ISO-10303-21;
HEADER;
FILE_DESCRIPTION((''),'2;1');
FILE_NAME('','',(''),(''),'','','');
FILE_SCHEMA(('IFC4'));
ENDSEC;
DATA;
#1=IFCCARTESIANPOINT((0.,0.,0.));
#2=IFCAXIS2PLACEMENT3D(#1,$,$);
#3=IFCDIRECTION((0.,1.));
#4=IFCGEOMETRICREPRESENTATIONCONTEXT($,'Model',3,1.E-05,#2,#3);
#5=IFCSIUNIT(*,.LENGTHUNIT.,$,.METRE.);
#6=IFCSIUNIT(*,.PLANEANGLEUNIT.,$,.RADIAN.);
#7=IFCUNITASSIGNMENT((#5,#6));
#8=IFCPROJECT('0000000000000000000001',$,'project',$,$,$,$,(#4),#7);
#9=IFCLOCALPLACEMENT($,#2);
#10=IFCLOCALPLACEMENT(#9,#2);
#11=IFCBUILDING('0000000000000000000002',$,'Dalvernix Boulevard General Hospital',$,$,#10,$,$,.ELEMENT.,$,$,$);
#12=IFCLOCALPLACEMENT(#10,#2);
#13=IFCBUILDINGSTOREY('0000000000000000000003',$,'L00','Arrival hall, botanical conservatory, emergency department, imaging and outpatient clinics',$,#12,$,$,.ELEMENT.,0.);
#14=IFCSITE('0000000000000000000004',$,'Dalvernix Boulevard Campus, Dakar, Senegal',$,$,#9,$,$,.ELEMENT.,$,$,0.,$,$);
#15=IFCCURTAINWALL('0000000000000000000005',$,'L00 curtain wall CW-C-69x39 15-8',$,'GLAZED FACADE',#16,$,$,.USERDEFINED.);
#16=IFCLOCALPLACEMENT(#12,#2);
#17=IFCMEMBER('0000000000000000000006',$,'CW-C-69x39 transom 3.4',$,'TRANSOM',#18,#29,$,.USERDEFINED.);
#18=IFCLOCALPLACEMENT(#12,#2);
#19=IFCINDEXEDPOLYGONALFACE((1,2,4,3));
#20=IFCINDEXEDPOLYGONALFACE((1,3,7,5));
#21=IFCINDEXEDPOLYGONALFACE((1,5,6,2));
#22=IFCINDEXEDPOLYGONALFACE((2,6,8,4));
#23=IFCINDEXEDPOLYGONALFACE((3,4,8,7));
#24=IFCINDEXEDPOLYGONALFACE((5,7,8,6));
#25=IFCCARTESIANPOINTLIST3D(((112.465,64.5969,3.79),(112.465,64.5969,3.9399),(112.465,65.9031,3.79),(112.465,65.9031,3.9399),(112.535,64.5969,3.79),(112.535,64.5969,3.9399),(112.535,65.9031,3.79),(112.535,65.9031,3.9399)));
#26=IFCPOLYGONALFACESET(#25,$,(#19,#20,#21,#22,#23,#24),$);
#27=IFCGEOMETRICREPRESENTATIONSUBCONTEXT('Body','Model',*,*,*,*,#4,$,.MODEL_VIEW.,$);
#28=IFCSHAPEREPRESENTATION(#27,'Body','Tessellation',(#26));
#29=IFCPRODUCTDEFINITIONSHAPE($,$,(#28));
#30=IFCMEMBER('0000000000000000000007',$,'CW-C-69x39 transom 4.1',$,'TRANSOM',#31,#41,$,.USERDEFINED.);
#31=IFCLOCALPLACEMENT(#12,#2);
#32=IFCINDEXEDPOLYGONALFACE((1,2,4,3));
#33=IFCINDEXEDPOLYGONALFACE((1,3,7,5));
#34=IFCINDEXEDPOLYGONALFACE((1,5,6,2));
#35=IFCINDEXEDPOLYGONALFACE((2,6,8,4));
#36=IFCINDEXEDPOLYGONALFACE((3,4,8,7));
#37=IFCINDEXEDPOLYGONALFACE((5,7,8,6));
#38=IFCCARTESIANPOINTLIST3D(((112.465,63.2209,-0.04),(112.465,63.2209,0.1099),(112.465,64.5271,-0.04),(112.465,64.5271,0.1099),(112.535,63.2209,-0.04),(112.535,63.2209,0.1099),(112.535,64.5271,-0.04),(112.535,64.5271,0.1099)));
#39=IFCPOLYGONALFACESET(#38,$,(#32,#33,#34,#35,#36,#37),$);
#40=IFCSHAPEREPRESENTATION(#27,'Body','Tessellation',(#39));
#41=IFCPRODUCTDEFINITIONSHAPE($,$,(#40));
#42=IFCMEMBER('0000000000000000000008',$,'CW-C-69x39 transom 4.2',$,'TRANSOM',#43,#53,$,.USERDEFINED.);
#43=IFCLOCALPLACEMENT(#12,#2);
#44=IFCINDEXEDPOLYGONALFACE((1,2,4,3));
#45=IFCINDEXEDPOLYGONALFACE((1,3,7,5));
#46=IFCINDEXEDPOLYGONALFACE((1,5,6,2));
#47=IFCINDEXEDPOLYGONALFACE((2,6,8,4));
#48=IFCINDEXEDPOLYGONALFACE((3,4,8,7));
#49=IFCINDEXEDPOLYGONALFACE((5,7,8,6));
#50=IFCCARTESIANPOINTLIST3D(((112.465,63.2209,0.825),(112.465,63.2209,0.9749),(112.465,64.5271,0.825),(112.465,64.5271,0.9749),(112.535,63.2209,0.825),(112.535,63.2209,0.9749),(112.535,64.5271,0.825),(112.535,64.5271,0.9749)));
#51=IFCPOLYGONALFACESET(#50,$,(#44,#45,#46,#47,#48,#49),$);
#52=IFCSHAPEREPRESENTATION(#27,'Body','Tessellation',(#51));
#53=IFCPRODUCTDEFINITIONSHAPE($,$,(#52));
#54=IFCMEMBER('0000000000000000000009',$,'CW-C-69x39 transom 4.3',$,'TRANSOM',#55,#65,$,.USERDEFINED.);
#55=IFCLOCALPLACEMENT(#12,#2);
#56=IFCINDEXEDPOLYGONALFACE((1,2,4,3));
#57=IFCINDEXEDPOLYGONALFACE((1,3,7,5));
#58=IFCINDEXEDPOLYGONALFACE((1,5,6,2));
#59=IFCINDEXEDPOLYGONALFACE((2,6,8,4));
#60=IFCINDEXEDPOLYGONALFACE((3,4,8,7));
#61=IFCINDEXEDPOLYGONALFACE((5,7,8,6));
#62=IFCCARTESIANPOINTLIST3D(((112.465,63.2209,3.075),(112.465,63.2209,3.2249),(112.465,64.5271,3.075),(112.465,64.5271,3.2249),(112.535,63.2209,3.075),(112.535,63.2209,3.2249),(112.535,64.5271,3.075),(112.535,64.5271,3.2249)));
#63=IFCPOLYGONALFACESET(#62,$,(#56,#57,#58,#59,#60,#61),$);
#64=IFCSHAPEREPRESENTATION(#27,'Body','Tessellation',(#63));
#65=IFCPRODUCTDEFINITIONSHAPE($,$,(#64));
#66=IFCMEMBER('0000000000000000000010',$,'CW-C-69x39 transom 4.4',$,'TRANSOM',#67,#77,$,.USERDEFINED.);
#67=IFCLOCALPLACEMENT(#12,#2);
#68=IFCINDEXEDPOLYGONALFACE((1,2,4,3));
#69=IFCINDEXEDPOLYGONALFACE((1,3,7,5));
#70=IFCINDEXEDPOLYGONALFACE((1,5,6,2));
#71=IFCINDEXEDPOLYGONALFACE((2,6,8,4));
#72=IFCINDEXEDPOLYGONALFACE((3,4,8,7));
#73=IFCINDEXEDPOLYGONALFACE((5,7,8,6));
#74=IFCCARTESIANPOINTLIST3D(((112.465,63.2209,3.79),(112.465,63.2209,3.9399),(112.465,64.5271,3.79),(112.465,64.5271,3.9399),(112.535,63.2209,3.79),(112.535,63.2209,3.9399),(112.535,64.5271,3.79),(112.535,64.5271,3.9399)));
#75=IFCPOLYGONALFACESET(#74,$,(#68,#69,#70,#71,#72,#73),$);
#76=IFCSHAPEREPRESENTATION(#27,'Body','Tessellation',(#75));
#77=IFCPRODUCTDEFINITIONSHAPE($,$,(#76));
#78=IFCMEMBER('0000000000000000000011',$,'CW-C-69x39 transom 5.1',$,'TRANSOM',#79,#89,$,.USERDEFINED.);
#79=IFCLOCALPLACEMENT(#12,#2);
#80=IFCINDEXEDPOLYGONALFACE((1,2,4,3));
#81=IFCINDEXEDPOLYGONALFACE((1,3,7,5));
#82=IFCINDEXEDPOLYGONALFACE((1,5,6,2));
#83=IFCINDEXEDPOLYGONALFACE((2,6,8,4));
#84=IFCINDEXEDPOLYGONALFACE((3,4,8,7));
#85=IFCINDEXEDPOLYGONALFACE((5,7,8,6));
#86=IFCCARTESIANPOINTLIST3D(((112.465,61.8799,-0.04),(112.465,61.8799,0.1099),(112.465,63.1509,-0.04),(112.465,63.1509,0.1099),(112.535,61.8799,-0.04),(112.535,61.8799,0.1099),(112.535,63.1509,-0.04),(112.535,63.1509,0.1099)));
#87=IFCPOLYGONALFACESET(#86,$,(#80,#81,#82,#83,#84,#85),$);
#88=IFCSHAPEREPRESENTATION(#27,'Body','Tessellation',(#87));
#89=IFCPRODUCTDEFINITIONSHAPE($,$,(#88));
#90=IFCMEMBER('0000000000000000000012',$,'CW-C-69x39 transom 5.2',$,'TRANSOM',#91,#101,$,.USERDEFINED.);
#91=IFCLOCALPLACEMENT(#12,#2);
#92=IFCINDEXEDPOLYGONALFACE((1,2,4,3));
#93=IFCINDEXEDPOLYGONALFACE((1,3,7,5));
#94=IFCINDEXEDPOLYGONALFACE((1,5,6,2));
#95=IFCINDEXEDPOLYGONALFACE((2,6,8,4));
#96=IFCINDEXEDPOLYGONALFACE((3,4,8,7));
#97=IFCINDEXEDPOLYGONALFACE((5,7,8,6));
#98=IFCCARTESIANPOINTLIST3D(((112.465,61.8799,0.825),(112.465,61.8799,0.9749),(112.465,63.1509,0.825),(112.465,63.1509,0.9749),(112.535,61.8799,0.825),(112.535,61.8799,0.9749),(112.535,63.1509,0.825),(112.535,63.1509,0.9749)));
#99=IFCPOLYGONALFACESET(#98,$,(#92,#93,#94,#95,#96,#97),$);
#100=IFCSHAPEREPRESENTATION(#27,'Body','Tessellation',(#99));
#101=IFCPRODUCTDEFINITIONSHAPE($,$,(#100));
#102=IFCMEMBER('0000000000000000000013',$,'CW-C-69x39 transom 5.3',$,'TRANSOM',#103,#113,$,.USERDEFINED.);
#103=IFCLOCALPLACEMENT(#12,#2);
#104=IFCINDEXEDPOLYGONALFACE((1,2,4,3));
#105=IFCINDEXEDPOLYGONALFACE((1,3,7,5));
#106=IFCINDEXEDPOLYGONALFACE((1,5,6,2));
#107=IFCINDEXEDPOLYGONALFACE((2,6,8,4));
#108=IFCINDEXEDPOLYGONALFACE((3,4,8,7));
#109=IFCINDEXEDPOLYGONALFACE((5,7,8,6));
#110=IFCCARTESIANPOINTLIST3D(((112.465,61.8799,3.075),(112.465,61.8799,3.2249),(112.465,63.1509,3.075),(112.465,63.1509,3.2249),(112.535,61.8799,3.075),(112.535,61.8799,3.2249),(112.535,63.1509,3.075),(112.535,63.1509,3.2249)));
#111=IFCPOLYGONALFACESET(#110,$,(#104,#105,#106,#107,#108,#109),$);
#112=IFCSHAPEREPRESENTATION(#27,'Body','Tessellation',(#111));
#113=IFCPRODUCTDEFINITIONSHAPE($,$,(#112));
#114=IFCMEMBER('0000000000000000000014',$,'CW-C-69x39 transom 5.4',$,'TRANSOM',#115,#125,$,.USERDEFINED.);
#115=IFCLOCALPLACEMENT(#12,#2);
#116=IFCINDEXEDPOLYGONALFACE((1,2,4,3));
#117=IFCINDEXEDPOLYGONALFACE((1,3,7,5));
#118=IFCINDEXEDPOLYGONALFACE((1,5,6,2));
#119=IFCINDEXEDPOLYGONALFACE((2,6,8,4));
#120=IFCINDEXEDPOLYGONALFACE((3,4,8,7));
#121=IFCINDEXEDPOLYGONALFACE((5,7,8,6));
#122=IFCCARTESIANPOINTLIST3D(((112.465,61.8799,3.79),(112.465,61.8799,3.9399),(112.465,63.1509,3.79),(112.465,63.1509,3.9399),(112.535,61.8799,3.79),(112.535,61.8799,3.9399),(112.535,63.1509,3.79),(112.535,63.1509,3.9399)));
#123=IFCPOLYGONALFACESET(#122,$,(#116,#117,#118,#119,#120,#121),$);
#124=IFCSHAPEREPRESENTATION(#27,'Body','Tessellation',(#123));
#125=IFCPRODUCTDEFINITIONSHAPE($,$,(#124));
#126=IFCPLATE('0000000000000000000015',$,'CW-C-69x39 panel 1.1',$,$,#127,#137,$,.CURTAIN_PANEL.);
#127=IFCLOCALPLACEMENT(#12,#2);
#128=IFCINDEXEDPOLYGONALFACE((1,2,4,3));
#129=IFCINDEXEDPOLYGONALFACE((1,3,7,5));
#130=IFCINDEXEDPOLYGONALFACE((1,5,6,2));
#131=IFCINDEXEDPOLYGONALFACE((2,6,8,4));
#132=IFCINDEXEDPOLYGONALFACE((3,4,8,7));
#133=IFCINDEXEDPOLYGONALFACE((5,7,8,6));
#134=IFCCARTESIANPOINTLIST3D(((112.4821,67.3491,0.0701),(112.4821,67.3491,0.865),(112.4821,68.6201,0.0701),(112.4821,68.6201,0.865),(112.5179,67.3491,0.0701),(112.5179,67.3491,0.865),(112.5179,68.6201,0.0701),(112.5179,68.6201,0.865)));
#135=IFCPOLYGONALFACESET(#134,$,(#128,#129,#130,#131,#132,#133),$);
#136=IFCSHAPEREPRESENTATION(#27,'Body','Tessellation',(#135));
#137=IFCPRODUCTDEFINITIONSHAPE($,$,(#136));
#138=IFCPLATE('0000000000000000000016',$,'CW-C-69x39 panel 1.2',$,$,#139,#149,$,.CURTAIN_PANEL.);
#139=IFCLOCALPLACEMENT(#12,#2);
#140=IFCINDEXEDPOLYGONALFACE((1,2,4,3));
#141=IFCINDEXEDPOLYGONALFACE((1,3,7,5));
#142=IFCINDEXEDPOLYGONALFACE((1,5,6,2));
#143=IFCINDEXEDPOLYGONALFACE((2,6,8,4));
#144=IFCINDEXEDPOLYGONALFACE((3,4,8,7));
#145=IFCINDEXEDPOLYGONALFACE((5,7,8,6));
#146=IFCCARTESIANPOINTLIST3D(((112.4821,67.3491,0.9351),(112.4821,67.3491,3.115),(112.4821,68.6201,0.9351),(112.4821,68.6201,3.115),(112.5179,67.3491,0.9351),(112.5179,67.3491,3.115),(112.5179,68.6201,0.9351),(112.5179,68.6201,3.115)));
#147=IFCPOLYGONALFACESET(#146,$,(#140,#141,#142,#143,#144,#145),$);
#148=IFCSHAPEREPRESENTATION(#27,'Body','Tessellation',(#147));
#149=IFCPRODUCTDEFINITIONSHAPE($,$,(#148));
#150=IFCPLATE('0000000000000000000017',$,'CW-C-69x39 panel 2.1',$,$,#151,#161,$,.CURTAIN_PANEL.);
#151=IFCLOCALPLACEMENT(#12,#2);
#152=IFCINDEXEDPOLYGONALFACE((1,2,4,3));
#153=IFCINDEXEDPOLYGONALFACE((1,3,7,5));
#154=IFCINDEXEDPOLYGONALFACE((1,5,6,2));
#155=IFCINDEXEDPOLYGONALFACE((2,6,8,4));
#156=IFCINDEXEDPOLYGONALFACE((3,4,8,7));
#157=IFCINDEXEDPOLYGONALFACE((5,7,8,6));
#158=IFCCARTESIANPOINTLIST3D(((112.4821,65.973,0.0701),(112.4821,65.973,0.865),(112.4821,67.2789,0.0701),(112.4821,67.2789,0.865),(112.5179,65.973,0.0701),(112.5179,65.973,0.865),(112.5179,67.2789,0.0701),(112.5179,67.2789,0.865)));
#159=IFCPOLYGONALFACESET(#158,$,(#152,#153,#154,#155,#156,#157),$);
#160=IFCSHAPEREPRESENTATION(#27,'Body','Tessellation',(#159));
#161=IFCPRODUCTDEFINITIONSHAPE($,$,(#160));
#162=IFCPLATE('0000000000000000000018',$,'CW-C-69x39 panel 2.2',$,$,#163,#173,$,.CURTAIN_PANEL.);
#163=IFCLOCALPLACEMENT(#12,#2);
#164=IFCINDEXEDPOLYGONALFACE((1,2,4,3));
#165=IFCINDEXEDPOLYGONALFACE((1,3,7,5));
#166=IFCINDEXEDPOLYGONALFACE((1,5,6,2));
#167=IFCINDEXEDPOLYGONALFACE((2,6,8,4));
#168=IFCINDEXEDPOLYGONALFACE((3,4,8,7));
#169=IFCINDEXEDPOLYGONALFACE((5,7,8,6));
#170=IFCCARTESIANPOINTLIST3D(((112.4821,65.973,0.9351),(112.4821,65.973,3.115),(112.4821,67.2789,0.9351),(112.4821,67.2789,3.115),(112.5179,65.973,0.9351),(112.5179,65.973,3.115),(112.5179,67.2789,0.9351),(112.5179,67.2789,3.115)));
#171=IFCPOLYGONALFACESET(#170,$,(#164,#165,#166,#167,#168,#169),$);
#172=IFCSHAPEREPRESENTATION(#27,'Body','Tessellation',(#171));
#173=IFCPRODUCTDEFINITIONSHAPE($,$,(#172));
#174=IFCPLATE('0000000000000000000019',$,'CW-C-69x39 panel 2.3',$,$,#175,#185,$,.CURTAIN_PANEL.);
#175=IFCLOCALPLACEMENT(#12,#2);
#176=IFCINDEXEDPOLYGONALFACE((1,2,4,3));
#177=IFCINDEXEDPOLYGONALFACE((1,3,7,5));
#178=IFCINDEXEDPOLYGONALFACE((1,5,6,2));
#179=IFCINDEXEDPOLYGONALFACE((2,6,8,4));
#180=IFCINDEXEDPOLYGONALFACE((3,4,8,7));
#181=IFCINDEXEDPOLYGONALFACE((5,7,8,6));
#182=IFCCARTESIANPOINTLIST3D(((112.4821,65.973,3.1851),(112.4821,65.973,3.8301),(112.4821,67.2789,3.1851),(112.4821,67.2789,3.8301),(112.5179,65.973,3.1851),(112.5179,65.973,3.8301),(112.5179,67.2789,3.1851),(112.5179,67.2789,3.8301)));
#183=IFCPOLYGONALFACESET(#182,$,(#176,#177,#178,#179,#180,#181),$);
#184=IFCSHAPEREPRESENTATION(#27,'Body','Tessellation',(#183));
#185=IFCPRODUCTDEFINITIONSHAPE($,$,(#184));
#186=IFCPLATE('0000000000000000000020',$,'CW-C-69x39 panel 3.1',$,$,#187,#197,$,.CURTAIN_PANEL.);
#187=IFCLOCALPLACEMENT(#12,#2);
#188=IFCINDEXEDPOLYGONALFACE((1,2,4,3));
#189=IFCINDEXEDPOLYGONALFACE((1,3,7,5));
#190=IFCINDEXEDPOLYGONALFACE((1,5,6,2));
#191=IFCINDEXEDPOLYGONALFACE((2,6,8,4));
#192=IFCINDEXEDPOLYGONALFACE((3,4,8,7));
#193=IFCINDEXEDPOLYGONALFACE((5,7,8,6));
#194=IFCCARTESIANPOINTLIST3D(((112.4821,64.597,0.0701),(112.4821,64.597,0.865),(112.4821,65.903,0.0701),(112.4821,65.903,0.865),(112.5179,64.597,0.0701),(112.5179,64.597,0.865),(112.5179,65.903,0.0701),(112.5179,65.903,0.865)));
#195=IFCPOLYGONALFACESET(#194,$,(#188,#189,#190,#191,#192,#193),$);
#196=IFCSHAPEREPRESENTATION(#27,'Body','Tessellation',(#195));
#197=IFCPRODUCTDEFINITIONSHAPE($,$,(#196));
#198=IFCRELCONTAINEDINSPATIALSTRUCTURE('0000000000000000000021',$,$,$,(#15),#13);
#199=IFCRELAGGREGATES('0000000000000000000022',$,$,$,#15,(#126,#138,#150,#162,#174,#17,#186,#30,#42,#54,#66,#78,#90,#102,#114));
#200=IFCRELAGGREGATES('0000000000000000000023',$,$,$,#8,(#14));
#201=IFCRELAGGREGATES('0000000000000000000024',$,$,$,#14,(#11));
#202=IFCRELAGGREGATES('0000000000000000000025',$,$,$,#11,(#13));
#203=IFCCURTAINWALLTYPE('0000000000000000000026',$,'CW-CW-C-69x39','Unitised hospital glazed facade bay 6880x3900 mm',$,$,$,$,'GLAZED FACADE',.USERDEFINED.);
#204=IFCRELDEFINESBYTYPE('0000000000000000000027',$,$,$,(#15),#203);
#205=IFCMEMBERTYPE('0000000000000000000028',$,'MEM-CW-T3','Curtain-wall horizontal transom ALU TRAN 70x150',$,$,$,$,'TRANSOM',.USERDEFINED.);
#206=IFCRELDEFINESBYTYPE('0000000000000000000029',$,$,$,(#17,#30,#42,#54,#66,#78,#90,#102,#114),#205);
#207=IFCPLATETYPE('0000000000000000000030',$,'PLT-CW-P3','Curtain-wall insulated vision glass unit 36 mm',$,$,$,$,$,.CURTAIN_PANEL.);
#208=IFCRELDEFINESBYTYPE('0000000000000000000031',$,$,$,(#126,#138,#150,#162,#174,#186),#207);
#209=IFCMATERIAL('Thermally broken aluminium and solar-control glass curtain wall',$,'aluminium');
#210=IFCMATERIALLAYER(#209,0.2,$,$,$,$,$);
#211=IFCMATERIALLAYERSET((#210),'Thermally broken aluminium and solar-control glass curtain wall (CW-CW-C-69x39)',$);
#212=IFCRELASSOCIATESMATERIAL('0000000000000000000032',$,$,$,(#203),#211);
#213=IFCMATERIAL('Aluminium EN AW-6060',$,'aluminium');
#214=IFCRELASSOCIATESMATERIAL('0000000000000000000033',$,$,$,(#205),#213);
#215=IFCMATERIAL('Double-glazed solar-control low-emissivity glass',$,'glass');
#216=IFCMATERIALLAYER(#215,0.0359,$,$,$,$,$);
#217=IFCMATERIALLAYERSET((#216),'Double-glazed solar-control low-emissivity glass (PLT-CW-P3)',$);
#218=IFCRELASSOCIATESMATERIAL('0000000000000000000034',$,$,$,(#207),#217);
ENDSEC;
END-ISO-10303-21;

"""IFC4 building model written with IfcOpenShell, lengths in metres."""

from ifc_helpers import new_model, si_unit, direction, frame, origin, origin_2d, place, context, subcontext, project, spatial, rectangle, extrude, material, layer, layer_set, material_profile, profile_set, type_object, element, aggregate, save


model = new_model("IFC4")

# Units and contexts
model_context = context("Model", 3, precision=1e-05, world=origin(), true_north=direction((0.0, 1.0)))
body_context = subcontext(model_context, "Body", "Model", "MODEL_VIEW")
ifc_project = project(units=[si_unit("LENGTHUNIT", "METRE"), si_unit("PLANEANGLEUNIT", "RADIAN")], contexts=[model_context])

# Site, building, storey
site_placement = place(None, origin())
site = spatial("IfcSite", under=ifc_project, at=site_placement, Name="Dalvernix Boulevard Campus, Dakar, Senegal", CompositionType="ELEMENT", RefElevation=0.0)
building_placement = place(site_placement, origin())
building = spatial("IfcBuilding", under=site, at=building_placement, Name="Dalvernix Boulevard General Hospital", CompositionType="ELEMENT")
storey_placement = place(building_placement, origin())
storey = spatial("IfcBuildingStorey", under=building, at=storey_placement, Name="L00", Description="Arrival hall, botanical conservatory, emergency department, imaging and outpatient clinics", CompositionType="ELEMENT", Elevation=0.0)

# Curtain wall, members, plates
ifc_material_1 = material(Name="Thermally broken aluminium and solar-control glass curtain wall", Category="aluminium")
ifc_layer_1 = layer(ifc_material_1, 0.2)
ifc_layer_set_1 = layer_set([ifc_layer_1], Name="Thermally broken aluminium and solar-control glass curtain wall (CW-CW-C-69x39)")
curtain_wall_type = type_object("IfcCurtainWallType", Name="CW-CW-C-69x39", Description="Unitised hospital glazed facade bay 6880x3900 mm", ElementType="GLAZED FACADE", PredefinedType="USERDEFINED", material=ifc_layer_set_1)
curtain_wall_placement = place(storey_placement, origin())
curtain_wall = element("IfcCurtainWall", 1, at=curtain_wall_placement, inside=storey, type_object=curtain_wall_type, Name="L00 curtain wall CW-C-69x39 15-8", ObjectType="GLAZED FACADE", PredefinedType="USERDEFINED")
ifc_material_2 = material(Name="Aluminium EN AW-6060", Category="aluminium")
ifc_material_profile_1 = material_profile(ifc_material_2, rectangle(XDim=0.0701, YDim=0.1499, at=origin_2d()), Name="ALU TRAN 70x150")
ifc_profile_set_1 = profile_set([ifc_material_profile_1], Name="Aluminium EN AW-6060")
member_type_1 = type_object("IfcMemberType", Name="MEM-CW-T3", Description="Curtain-wall horizontal transom ALU TRAN 70x150", ElementType="TRANSOM", PredefinedType="USERDEFINED", material=ifc_profile_set_1)
member_1_placement = place(storey_placement, frame((112.5, 65.9031, 3.865), z_axis=(0.0, -1.0, 0.0), x_axis=(1.0, 0.0, 0.0)))
member_1 = element("IfcMember", 2, at=member_1_placement, type_object=member_type_1, Name="CW-C-69x39 transom 3.4", ObjectType="TRANSOM", PredefinedType="USERDEFINED", context=body_context, shape_type="SweptSolid", body=[
    extrude(rectangle(XDim=0.0701, YDim=0.1499, at=origin_2d()), origin(), (0.0, 0.0, 1.0), 1.3062),
])
member_2_placement = place(storey_placement, frame((112.5, 64.5271, 0.0349), z_axis=(0.0, -1.0, 0.0), x_axis=(1.0, 0.0, 0.0)))
member_2 = element("IfcMember", 3, at=member_2_placement, type_object=member_type_1, Name="CW-C-69x39 transom 4.1", ObjectType="TRANSOM", PredefinedType="USERDEFINED", context=body_context, shape_type="SweptSolid", body=[
    extrude(rectangle(XDim=0.0701, YDim=0.1499, at=origin_2d()), origin(), (0.0, 0.0, 1.0), 1.3062),
])
member_3_placement = place(storey_placement, frame((112.5, 64.5271, 0.8999), z_axis=(0.0, -1.0, 0.0), x_axis=(1.0, 0.0, 0.0)))
member_3 = element("IfcMember", 4, at=member_3_placement, type_object=member_type_1, Name="CW-C-69x39 transom 4.2", ObjectType="TRANSOM", PredefinedType="USERDEFINED", context=body_context, shape_type="SweptSolid", body=[
    extrude(rectangle(XDim=0.0701, YDim=0.1499, at=origin_2d()), origin(), (0.0, 0.0, 1.0), 1.3062),
])
member_4_placement = place(storey_placement, frame((112.5, 64.5271, 3.1499), z_axis=(0.0, -1.0, 0.0), x_axis=(1.0, 0.0, 0.0)))
member_4 = element("IfcMember", 5, at=member_4_placement, type_object=member_type_1, Name="CW-C-69x39 transom 4.3", ObjectType="TRANSOM", PredefinedType="USERDEFINED", context=body_context, shape_type="SweptSolid", body=[
    extrude(rectangle(XDim=0.0701, YDim=0.1499, at=origin_2d()), origin(), (0.0, 0.0, 1.0), 1.3062),
])
member_5_placement = place(storey_placement, frame((112.5, 64.5271, 3.865), z_axis=(0.0, -1.0, 0.0), x_axis=(1.0, 0.0, 0.0)))
member_5 = element("IfcMember", 6, at=member_5_placement, type_object=member_type_1, Name="CW-C-69x39 transom 4.4", ObjectType="TRANSOM", PredefinedType="USERDEFINED", context=body_context, shape_type="SweptSolid", body=[
    extrude(rectangle(XDim=0.0701, YDim=0.1499, at=origin_2d()), origin(), (0.0, 0.0, 1.0), 1.3062),
])
member_6_placement = place(storey_placement, frame((112.5, 63.1509, 0.0349), z_axis=(0.0, -1.0, 0.0), x_axis=(1.0, 0.0, 0.0)))
member_6 = element("IfcMember", 7, at=member_6_placement, type_object=member_type_1, Name="CW-C-69x39 transom 5.1", ObjectType="TRANSOM", PredefinedType="USERDEFINED", context=body_context, shape_type="SweptSolid", body=[
    extrude(rectangle(XDim=0.0701, YDim=0.1499, at=origin_2d()), origin(), (0.0, 0.0, 1.0), 1.271),
])
member_7_placement = place(storey_placement, frame((112.5, 63.1509, 0.8999), z_axis=(0.0, -1.0, 0.0), x_axis=(1.0, 0.0, 0.0)))
member_7 = element("IfcMember", 8, at=member_7_placement, type_object=member_type_1, Name="CW-C-69x39 transom 5.2", ObjectType="TRANSOM", PredefinedType="USERDEFINED", context=body_context, shape_type="SweptSolid", body=[
    extrude(rectangle(XDim=0.0701, YDim=0.1499, at=origin_2d()), origin(), (0.0, 0.0, 1.0), 1.271),
])
member_8_placement = place(storey_placement, frame((112.5, 63.1509, 3.1499), z_axis=(0.0, -1.0, 0.0), x_axis=(1.0, 0.0, 0.0)))
member_8 = element("IfcMember", 9, at=member_8_placement, type_object=member_type_1, Name="CW-C-69x39 transom 5.3", ObjectType="TRANSOM", PredefinedType="USERDEFINED", context=body_context, shape_type="SweptSolid", body=[
    extrude(rectangle(XDim=0.0701, YDim=0.1499, at=origin_2d()), origin(), (0.0, 0.0, 1.0), 1.271),
])
member_9_placement = place(storey_placement, frame((112.5, 63.1509, 3.865), z_axis=(0.0, -1.0, 0.0), x_axis=(1.0, 0.0, 0.0)))
member_9 = element("IfcMember", 10, at=member_9_placement, type_object=member_type_1, Name="CW-C-69x39 transom 5.4", ObjectType="TRANSOM", PredefinedType="USERDEFINED", context=body_context, shape_type="SweptSolid", body=[
    extrude(rectangle(XDim=0.0701, YDim=0.1499, at=origin_2d()), origin(), (0.0, 0.0, 1.0), 1.271),
])
ifc_material_3 = material(Name="Double-glazed solar-control low-emissivity glass", Category="glass")
ifc_layer_2 = layer(ifc_material_3, 0.0359)
ifc_layer_set_2 = layer_set([ifc_layer_2], Name="Double-glazed solar-control low-emissivity glass (PLT-CW-P3)")
plate_type = type_object("IfcPlateType", Name="PLT-CW-P3", Description="Curtain-wall insulated vision glass unit 36 mm", PredefinedType="CURTAIN_PANEL", material=ifc_layer_set_2)
plate_1_placement = place(storey_placement, frame((112.5, 67.9846, 0.0701), z_axis=(0.0, 0.0, 1.0), x_axis=(0.0, -1.0, 0.0)))
plate_1 = element("IfcPlate", 11, at=plate_1_placement, type_object=plate_type, Name="CW-C-69x39 panel 1.1", PredefinedType="CURTAIN_PANEL", context=body_context, shape_type="SweptSolid", body=[
    extrude(rectangle(XDim=1.271, YDim=0.0359, at=origin_2d()), origin(), (0.0, 0.0, 1.0), 0.7949),
])
plate_2_placement = place(storey_placement, frame((112.5, 67.9846, 0.9351), z_axis=(0.0, 0.0, 1.0), x_axis=(0.0, -1.0, 0.0)))
plate_2 = element("IfcPlate", 12, at=plate_2_placement, type_object=plate_type, Name="CW-C-69x39 panel 1.2", PredefinedType="CURTAIN_PANEL", context=body_context, shape_type="SweptSolid", body=[
    extrude(rectangle(XDim=1.271, YDim=0.0359, at=origin_2d()), origin(), (0.0, 0.0, 1.0), 2.1799),
])
plate_3_placement = place(storey_placement, frame((112.5, 66.626, 0.0701), z_axis=(0.0, 0.0, 1.0), x_axis=(0.0, -1.0, 0.0)))
plate_3 = element("IfcPlate", 13, at=plate_3_placement, type_object=plate_type, Name="CW-C-69x39 panel 2.1", PredefinedType="CURTAIN_PANEL", context=body_context, shape_type="SweptSolid", body=[
    extrude(rectangle(XDim=1.3059, YDim=0.0359, at=origin_2d()), origin(), (0.0, 0.0, 1.0), 0.7949),
])
plate_4_placement = place(storey_placement, frame((112.5, 66.626, 0.9351), z_axis=(0.0, 0.0, 1.0), x_axis=(0.0, -1.0, 0.0)))
plate_4 = element("IfcPlate", 14, at=plate_4_placement, type_object=plate_type, Name="CW-C-69x39 panel 2.2", PredefinedType="CURTAIN_PANEL", context=body_context, shape_type="SweptSolid", body=[
    extrude(rectangle(XDim=1.3059, YDim=0.0359, at=origin_2d()), origin(), (0.0, 0.0, 1.0), 2.1799),
])
plate_5_placement = place(storey_placement, frame((112.5, 66.626, 3.1851), z_axis=(0.0, 0.0, 1.0), x_axis=(0.0, -1.0, 0.0)))
plate_5 = element("IfcPlate", 15, at=plate_5_placement, type_object=plate_type, Name="CW-C-69x39 panel 2.3", PredefinedType="CURTAIN_PANEL", context=body_context, shape_type="SweptSolid", body=[
    extrude(rectangle(XDim=1.3059, YDim=0.0359, at=origin_2d()), origin(), (0.0, 0.0, 1.0), 0.645),
])
plate_6_placement = place(storey_placement, frame((112.5, 65.25, 0.0701), z_axis=(0.0, 0.0, 1.0), x_axis=(0.0, -1.0, 0.0)))
plate_6 = element("IfcPlate", 16, at=plate_6_placement, type_object=plate_type, Name="CW-C-69x39 panel 3.1", PredefinedType="CURTAIN_PANEL", context=body_context, shape_type="SweptSolid", body=[
    extrude(rectangle(XDim=1.3059, YDim=0.0359, at=origin_2d()), origin(), (0.0, 0.0, 1.0), 0.7949),
])
aggregate(curtain_wall, [plate_1, plate_2, plate_3, plate_4, plate_5, member_1, plate_6, member_2, member_3, member_4, member_5, member_6, member_7, member_8, member_9])

save(model, "model.ifc")
